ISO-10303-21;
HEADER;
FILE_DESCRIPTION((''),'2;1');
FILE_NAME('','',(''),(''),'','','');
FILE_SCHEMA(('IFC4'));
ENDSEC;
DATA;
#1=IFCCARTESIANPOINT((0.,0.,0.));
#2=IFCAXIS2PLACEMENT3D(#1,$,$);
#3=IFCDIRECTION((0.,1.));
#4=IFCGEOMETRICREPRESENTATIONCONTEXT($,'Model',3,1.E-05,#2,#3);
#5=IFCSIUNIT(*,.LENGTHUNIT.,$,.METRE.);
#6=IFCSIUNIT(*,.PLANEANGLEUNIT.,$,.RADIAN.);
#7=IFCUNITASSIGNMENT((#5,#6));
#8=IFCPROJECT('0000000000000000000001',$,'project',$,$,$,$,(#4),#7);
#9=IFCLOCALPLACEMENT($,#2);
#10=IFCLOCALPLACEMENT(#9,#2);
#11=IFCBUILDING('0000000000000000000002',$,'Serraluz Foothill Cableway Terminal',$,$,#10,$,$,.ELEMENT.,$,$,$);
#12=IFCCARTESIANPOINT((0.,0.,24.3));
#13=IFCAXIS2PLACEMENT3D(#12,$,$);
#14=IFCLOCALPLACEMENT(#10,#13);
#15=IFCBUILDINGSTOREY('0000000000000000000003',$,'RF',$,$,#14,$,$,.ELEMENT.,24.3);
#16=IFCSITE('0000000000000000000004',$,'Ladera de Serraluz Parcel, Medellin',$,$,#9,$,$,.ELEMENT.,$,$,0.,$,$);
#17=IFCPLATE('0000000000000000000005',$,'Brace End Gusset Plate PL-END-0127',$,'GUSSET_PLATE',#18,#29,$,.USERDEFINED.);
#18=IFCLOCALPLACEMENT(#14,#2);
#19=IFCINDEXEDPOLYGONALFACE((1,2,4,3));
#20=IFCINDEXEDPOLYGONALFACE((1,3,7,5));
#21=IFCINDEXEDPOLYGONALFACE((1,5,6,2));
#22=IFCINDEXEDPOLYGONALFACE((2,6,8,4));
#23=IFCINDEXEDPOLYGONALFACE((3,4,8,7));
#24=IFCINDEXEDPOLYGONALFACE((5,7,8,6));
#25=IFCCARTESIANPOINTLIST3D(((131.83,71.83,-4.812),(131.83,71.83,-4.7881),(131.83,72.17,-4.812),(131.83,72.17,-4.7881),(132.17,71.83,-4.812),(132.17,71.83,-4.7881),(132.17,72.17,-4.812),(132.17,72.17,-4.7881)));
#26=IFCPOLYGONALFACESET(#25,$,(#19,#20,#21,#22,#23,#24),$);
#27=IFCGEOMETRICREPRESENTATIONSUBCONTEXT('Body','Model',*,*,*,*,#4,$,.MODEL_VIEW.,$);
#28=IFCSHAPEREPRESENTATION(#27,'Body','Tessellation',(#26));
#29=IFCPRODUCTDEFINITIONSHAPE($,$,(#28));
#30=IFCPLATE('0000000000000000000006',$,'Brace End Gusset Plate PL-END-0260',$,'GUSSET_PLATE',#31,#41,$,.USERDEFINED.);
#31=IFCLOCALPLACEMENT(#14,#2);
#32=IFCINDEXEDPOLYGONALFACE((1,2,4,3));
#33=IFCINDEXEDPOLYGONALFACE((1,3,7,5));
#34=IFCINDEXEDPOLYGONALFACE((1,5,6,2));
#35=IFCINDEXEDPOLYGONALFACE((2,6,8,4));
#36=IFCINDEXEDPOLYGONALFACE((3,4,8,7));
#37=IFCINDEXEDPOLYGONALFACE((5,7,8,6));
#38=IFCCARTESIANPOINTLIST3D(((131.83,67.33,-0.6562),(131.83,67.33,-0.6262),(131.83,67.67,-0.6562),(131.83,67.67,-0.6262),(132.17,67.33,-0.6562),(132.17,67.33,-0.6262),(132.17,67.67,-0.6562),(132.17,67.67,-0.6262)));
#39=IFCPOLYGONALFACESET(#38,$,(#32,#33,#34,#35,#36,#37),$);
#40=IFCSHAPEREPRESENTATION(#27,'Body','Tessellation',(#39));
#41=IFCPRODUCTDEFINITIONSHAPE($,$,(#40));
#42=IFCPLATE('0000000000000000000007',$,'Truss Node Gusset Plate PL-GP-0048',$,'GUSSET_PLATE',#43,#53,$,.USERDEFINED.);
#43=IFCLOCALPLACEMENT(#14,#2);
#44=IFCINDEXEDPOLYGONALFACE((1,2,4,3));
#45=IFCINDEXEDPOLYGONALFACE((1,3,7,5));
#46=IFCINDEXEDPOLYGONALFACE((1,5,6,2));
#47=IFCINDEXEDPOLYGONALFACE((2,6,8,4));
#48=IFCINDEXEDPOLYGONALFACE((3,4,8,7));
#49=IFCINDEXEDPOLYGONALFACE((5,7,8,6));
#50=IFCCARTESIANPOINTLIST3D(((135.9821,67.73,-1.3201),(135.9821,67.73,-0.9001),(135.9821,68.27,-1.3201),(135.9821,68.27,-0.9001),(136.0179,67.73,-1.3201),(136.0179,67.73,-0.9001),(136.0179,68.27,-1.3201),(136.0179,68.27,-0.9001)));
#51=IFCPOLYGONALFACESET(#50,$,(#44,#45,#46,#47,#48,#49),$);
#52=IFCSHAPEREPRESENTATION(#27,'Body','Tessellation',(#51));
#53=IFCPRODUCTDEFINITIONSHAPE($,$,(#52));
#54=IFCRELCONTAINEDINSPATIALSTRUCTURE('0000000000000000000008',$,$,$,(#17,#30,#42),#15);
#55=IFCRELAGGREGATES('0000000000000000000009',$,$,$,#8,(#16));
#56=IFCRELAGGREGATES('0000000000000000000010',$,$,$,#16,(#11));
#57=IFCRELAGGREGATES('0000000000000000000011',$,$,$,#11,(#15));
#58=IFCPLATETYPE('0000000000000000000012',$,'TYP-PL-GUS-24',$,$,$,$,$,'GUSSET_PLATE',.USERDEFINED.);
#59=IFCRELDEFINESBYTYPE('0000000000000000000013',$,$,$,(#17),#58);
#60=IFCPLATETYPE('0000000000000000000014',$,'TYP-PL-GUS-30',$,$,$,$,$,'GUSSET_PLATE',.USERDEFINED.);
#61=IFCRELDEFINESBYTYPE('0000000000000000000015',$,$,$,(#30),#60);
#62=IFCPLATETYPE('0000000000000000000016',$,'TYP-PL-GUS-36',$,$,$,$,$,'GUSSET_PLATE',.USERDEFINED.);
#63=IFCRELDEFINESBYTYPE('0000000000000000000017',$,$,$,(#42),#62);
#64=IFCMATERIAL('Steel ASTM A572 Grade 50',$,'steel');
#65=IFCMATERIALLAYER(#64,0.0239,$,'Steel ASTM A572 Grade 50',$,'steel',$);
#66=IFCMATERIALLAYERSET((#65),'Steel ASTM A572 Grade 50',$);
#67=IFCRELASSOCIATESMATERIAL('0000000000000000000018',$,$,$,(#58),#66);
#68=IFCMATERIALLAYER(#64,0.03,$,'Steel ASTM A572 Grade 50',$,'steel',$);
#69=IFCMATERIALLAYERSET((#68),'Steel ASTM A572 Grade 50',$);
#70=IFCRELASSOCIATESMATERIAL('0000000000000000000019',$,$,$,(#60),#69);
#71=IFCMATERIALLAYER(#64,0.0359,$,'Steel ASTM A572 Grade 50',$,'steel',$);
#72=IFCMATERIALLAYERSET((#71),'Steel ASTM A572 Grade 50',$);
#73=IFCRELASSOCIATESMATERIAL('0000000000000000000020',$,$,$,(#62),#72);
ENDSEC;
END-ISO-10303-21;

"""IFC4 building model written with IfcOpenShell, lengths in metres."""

from ifc_helpers import new_model, si_unit, direction, frame, origin, origin_2d, place, context, subcontext, project, spatial, rectangle, extrude, material, layer, layer_set, type_object, element, save


model = new_model("IFC4")

# Units and contexts
model_context = context("Model", 3, precision=1e-05, world=origin(), true_north=direction((0.0, 1.0)))
body_context = subcontext(model_context, "Body", "Model", "MODEL_VIEW")
ifc_project = project(units=[si_unit("LENGTHUNIT", "METRE"), si_unit("PLANEANGLEUNIT", "RADIAN")], contexts=[model_context])

# Site, building, storey
site_placement = place(None, origin())
site = spatial("IfcSite", under=ifc_project, at=site_placement, Name="Ladera de Serraluz Parcel, Medellin", CompositionType="ELEMENT", RefElevation=0.0)
building_placement = place(site_placement, origin())
building = spatial("IfcBuilding", under=site, at=building_placement, Name="Serraluz Foothill Cableway Terminal", CompositionType="ELEMENT")
storey_placement = place(building_placement, frame((0.0, 0.0, 24.3)))
storey = spatial("IfcBuildingStorey", under=building, at=storey_placement, Name="RF", CompositionType="ELEMENT", Elevation=24.3)

# Shared definitions
ifc_material_1 = material(Name="Steel ASTM A572 Grade 50", Category="steel")

# Plates
ifc_layer_1 = layer(ifc_material_1, 0.0239, Name="Steel ASTM A572 Grade 50", Category="steel")
ifc_layer_set_1 = layer_set([ifc_layer_1], Name="Steel ASTM A572 Grade 50")
plate_type_1 = type_object("IfcPlateType", Name="TYP-PL-GUS-24", ElementType="GUSSET_PLATE", PredefinedType="USERDEFINED", material=ifc_layer_set_1)
for number, where, z_axis, x_axis, name in (
    (1, (132.0, 72.0, -4.812), (0.0, 0.0, 1.0), (1.0, 0.0, 0.0), "Brace End Gusset Plate PL-END-0127"),
):
    element("IfcPlate", number, at=place(storey_placement, frame(where, z_axis=z_axis, x_axis=x_axis)), inside=storey, type_object=plate_type_1, Name=name, ObjectType="GUSSET_PLATE", PredefinedType="USERDEFINED", context=body_context, shape_type="SweptSolid", body=[
        extrude(rectangle(XDim=0.3401, YDim=0.3401, at=origin_2d()), origin(), (0.0, 0.0, 1.0), 0.0239),
    ])
ifc_layer_2 = layer(ifc_material_1, 0.03, Name="Steel ASTM A572 Grade 50", Category="steel")
ifc_layer_set_2 = layer_set([ifc_layer_2], Name="Steel ASTM A572 Grade 50")
plate_type_2 = type_object("IfcPlateType", Name="TYP-PL-GUS-30", ElementType="GUSSET_PLATE", PredefinedType="USERDEFINED", material=ifc_layer_set_2)
plate_1_placement = place(storey_placement, frame((132.0, 67.5, -0.6562), z_axis=(0.0, 0.0, 1.0), x_axis=(1.0, 0.0, 0.0)))
element("IfcPlate", 2, at=plate_1_placement, inside=storey, type_object=plate_type_2, Name="Brace End Gusset Plate PL-END-0260", ObjectType="GUSSET_PLATE", PredefinedType="USERDEFINED", context=body_context, shape_type="SweptSolid", body=[
    extrude(rectangle(XDim=0.3401, YDim=0.3401, at=origin_2d()), origin(), (0.0, 0.0, 1.0), 0.03),
])
ifc_layer_3 = layer(ifc_material_1, 0.0359, Name="Steel ASTM A572 Grade 50", Category="steel")
ifc_layer_set_3 = layer_set([ifc_layer_3], Name="Steel ASTM A572 Grade 50")
plate_type_3 = type_object("IfcPlateType", Name="TYP-PL-GUS-36", ElementType="GUSSET_PLATE", PredefinedType="USERDEFINED", material=ifc_layer_set_3)
plate_2_placement = place(storey_placement, frame((136.0, 68.0, -1.3201), z_axis=(0.0, 0.0, 1.0), x_axis=(1.0, 0.0, 0.0)))
element("IfcPlate", 3, at=plate_2_placement, inside=storey, type_object=plate_type_3, Name="Truss Node Gusset Plate PL-GP-0048", ObjectType="GUSSET_PLATE", PredefinedType="USERDEFINED", context=body_context, shape_type="SweptSolid", body=[
    extrude(rectangle(XDim=0.0359, YDim=0.54, at=origin_2d()), origin(), (0.0, 0.0, 1.0), 0.4199),
])

save(model, "model.ifc")
